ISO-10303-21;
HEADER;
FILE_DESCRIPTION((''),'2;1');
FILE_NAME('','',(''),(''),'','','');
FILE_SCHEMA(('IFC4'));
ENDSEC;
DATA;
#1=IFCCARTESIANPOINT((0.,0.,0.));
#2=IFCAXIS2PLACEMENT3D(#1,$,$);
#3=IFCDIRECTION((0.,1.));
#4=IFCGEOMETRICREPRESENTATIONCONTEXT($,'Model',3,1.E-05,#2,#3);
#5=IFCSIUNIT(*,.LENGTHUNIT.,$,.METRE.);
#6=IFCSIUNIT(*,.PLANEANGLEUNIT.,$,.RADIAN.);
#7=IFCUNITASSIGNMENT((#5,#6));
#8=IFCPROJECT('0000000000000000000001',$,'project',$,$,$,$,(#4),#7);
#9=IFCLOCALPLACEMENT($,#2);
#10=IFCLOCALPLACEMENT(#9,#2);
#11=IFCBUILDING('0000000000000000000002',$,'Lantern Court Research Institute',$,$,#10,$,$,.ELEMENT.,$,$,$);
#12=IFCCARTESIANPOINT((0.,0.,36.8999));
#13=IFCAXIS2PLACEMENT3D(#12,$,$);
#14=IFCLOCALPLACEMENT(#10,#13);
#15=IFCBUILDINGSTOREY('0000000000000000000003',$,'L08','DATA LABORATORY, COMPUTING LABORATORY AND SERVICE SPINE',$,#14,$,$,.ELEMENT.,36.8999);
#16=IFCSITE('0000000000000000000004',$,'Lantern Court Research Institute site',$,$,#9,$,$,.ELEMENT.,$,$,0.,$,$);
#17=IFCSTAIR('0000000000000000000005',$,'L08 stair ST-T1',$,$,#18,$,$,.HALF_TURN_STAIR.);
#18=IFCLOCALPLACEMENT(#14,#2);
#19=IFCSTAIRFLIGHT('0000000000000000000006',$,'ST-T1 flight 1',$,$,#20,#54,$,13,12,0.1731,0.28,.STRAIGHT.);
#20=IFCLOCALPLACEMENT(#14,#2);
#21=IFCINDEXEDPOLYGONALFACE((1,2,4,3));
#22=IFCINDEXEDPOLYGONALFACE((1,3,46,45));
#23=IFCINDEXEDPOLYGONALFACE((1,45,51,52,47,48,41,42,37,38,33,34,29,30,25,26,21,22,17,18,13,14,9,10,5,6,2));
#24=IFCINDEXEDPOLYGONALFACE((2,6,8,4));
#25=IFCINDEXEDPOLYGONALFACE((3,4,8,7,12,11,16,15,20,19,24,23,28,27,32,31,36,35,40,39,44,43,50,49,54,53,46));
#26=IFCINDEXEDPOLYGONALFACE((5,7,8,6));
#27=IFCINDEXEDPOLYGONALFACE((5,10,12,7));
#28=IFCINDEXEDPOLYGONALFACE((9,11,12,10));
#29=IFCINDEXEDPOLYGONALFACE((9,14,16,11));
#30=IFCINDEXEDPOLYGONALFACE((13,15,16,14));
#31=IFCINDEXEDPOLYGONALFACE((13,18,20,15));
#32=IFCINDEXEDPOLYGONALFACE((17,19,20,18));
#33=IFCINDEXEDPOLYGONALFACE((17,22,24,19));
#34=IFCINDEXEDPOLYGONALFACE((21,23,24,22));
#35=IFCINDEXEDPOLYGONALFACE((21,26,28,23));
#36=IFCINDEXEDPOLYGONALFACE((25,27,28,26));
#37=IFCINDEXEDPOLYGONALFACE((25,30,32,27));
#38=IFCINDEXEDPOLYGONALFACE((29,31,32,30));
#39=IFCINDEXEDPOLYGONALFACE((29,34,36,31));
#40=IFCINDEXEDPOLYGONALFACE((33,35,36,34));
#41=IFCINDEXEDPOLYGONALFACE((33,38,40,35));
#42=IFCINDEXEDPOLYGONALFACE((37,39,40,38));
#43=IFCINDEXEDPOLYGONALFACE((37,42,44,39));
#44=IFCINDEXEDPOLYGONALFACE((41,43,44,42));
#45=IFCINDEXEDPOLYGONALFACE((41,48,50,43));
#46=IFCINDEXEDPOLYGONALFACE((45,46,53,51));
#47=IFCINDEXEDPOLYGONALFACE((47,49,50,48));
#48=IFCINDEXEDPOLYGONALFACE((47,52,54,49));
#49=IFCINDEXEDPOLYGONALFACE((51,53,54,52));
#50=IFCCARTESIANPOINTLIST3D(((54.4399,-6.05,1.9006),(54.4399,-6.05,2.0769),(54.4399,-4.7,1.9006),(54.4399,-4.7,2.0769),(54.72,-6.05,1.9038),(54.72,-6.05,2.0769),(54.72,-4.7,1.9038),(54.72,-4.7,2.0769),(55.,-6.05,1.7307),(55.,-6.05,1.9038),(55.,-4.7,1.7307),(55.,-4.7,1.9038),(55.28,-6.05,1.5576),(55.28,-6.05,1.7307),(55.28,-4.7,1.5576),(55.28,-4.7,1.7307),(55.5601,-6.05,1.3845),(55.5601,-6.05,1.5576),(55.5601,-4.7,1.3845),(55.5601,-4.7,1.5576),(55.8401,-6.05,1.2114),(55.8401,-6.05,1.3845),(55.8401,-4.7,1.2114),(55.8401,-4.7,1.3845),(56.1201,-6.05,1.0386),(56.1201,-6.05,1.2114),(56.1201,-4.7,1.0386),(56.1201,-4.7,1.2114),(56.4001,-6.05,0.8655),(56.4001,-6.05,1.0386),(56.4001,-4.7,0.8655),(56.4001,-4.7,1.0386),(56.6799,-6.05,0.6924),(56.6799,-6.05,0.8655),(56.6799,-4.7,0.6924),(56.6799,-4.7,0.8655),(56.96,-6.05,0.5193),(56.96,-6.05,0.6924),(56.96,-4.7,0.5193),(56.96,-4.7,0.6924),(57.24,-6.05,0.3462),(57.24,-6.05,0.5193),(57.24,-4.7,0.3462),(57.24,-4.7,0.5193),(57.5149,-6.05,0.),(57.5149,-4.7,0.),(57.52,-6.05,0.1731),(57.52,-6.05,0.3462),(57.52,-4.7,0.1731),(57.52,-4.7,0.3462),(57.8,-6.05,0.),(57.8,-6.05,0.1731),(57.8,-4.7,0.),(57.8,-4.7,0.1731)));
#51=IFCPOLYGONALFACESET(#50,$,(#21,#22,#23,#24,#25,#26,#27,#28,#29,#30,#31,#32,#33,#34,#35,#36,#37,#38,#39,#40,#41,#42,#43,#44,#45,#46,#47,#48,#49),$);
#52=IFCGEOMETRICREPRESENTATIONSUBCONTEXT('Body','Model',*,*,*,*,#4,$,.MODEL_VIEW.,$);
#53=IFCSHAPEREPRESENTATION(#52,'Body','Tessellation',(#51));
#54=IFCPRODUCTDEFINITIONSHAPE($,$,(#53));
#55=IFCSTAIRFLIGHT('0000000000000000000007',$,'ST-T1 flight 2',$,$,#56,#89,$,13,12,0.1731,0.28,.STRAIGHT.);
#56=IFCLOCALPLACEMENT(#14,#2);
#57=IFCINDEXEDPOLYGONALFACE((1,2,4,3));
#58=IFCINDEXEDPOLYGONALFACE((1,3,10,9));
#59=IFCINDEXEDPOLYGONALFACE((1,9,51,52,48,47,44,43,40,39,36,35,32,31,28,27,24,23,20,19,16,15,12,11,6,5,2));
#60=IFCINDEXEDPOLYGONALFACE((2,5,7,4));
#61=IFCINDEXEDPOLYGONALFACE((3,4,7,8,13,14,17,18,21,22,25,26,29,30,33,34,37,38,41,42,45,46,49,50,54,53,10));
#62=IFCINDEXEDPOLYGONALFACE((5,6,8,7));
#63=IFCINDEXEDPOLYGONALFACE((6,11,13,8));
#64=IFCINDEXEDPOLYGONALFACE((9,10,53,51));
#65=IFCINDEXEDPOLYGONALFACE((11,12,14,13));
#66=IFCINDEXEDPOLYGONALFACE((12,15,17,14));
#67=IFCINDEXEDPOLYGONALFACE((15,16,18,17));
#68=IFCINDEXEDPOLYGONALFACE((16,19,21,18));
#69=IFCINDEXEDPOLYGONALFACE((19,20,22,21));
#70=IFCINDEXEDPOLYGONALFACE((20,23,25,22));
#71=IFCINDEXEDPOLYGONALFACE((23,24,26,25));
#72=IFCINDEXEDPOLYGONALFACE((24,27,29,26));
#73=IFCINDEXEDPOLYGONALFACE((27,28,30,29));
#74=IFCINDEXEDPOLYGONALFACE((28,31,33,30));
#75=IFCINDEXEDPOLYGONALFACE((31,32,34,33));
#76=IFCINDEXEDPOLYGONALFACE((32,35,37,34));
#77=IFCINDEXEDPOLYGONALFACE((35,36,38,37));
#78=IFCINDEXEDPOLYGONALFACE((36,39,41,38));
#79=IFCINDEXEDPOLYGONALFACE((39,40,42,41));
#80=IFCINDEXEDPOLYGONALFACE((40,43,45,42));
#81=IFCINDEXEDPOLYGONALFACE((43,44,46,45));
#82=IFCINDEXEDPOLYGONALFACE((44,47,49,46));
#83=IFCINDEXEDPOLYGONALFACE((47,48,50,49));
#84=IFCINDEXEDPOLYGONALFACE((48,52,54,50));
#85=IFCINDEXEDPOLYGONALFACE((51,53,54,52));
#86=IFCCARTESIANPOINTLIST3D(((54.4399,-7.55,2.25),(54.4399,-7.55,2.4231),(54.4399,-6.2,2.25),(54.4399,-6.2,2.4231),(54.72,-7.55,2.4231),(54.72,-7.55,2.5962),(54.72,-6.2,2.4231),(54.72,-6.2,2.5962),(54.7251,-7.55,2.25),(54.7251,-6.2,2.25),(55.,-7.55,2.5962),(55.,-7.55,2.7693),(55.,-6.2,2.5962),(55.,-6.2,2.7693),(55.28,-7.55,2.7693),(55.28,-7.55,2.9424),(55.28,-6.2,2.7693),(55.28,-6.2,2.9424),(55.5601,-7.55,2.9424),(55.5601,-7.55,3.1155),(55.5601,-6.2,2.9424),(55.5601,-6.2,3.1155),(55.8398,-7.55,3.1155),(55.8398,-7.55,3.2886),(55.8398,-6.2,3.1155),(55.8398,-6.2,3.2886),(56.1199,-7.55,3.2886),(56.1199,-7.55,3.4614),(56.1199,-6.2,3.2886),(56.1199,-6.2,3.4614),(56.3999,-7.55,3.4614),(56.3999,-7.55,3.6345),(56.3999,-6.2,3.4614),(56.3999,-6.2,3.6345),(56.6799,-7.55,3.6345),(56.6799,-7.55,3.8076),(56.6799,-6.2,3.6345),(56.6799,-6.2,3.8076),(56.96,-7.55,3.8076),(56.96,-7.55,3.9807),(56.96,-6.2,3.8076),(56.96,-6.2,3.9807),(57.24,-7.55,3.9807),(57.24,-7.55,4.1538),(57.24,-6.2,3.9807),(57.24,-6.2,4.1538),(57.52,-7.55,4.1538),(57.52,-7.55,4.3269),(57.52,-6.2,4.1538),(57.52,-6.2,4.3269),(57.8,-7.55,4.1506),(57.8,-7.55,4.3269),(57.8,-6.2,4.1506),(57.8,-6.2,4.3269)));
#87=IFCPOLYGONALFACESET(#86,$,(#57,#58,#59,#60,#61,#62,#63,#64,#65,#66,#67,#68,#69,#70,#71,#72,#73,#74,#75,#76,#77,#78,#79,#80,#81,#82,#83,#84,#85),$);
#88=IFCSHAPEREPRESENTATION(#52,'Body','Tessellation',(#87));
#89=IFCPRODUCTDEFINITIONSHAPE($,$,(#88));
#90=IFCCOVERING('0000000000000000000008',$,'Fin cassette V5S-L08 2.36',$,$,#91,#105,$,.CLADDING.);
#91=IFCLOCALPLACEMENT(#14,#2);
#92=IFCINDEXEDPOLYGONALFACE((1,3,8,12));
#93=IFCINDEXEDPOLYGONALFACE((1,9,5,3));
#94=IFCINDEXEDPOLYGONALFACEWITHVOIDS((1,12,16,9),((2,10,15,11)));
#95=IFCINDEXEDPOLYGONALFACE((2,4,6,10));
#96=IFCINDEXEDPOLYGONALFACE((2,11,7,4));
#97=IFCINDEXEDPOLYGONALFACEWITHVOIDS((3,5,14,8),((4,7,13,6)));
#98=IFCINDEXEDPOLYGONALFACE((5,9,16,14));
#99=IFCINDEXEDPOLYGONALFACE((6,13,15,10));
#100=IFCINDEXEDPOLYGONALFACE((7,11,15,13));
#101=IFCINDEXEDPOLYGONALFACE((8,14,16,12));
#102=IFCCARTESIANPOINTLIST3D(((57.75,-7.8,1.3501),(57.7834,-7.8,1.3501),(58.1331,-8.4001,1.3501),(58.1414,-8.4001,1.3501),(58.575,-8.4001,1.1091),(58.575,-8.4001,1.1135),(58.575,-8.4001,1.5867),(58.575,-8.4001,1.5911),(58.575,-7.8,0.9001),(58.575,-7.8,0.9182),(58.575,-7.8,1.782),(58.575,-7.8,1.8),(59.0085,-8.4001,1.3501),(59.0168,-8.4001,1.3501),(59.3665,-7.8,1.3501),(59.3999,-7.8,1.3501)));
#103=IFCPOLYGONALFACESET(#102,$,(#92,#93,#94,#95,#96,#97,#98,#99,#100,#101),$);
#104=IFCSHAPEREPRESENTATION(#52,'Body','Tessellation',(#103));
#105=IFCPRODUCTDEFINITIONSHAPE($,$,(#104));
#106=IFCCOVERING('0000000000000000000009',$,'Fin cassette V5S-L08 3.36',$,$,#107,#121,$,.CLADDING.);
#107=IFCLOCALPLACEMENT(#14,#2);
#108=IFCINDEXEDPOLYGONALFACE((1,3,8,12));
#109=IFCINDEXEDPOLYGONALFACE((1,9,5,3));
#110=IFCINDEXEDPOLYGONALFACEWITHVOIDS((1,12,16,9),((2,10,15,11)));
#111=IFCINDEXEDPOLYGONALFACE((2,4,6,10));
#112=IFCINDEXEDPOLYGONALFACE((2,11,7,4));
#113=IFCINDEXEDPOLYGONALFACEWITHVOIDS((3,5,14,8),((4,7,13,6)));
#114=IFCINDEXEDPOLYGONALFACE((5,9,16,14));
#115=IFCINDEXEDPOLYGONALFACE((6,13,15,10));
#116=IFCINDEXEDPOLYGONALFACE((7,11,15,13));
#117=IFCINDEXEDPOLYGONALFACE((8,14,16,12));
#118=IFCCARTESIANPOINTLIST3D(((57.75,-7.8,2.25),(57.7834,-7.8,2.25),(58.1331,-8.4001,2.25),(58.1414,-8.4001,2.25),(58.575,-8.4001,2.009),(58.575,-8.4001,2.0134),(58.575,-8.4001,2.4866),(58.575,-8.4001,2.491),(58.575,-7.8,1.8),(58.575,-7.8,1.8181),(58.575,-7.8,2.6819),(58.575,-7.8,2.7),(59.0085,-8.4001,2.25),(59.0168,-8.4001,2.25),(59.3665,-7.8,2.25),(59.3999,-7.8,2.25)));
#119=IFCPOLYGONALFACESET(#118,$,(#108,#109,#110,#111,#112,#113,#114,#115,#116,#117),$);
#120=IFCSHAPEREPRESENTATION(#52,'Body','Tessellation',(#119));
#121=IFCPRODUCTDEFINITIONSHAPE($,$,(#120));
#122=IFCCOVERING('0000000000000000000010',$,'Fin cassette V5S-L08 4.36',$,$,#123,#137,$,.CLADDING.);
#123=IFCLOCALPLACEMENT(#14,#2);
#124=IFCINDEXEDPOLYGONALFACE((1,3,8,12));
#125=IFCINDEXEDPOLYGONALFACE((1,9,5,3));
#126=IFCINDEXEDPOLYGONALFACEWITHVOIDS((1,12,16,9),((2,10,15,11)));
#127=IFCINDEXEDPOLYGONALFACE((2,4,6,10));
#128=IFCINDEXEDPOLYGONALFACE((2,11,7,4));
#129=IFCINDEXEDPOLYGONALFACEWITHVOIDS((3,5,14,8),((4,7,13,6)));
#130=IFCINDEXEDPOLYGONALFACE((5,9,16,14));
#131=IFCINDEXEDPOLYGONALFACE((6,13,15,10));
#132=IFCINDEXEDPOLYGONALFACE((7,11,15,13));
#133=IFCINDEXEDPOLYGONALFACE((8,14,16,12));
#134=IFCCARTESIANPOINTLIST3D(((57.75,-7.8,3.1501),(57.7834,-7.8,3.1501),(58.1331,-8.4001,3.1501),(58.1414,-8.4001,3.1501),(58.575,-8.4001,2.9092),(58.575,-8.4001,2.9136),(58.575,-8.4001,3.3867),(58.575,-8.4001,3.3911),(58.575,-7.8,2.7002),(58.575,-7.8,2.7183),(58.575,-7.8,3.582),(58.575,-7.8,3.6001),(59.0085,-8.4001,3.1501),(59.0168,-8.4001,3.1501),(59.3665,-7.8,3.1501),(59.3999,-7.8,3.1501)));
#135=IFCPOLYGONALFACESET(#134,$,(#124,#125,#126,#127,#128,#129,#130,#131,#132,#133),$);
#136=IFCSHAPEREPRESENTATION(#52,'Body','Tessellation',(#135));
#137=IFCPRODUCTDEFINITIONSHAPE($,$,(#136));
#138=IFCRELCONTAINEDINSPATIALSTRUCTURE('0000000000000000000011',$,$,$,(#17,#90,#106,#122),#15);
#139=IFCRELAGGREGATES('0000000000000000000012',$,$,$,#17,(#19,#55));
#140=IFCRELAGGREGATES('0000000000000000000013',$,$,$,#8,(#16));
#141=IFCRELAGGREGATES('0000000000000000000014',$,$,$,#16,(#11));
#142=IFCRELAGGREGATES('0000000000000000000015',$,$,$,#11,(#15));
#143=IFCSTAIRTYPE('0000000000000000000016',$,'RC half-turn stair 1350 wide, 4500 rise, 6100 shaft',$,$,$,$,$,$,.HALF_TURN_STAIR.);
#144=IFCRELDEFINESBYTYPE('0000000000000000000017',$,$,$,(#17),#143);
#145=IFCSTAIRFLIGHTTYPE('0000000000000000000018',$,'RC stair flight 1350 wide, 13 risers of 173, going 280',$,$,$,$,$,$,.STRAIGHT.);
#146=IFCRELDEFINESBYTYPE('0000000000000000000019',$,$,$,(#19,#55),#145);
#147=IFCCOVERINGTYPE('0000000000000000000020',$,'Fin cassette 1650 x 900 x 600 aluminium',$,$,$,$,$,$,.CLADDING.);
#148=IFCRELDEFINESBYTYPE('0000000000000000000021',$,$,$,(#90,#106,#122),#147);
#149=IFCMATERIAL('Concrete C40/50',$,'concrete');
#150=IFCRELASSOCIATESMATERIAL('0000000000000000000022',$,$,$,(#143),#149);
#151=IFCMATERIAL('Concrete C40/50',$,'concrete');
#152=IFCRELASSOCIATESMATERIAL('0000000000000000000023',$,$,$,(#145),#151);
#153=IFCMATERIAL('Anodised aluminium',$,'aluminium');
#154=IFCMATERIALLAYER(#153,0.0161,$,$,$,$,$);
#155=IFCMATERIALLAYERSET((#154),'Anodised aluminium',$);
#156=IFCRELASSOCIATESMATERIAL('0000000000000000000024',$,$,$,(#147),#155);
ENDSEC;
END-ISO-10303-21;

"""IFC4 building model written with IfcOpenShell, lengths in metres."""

from ifc_helpers import new_model, entity, si_unit, direction, frame, origin, place, context, subcontext, project, spatial, polyline, outline, extrude, material, layer, layer_set, type_object, element, aggregate, save


model = new_model("IFC4")

# Units and contexts
model_context = context("Model", 3, precision=1e-05, world=origin(), true_north=direction((0.0, 1.0)))
body_context = subcontext(model_context, "Body", "Model", "MODEL_VIEW")
ifc_project = project(units=[si_unit("LENGTHUNIT", "METRE"), si_unit("PLANEANGLEUNIT", "RADIAN")], contexts=[model_context])

# Site, building, storey
site_placement = place(None, origin())
site = spatial("IfcSite", under=ifc_project, at=site_placement, Name="Lantern Court Research Institute site", CompositionType="ELEMENT", RefElevation=0.0)
building_placement = place(site_placement, origin())
building = spatial("IfcBuilding", under=site, at=building_placement, Name="Lantern Court Research Institute", CompositionType="ELEMENT")
storey_placement = place(building_placement, frame((0.0, 0.0, 36.8999)))
storey = spatial("IfcBuildingStorey", under=building, at=storey_placement, Name="L08", Description="DATA LABORATORY, COMPUTING LABORATORY AND SERVICE SPINE", CompositionType="ELEMENT", Elevation=36.8999)

# Stair, stair flights
ifc_material_1 = material(Name="Concrete C40/50", Category="concrete")
stair_type = type_object("IfcStairType", Name="RC half-turn stair 1350 wide, 4500 rise, 6100 shaft", PredefinedType="HALF_TURN_STAIR", material=ifc_material_1)
stair_placement = place(storey_placement, origin())
stair = element("IfcStair", 1, at=stair_placement, inside=storey, type_object=stair_type, Name="L08 stair ST-T1", PredefinedType="HALF_TURN_STAIR")
ifc_material_2 = material(Name="Concrete C40/50", Category="concrete")
stair_flight_type = type_object("IfcStairFlightType", Name="RC stair flight 1350 wide, 13 risers of 173, going 280", PredefinedType="STRAIGHT", material=ifc_material_2)
stair_flight_1_placement = place(storey_placement, frame((57.8, -5.375, 0.0), z_axis=(0.0, 0.0, 1.0), x_axis=(-1.0, 0.0, 0.0)))
stair_flight_1 = element("IfcStairFlight", 2, at=stair_flight_1_placement, type_object=stair_flight_type, Name="ST-T1 flight 1", NumberOfRisers=13, NumberOfTreads=12, PredefinedType="STRAIGHT", RiserHeight=0.1731, TreadLength=0.28, context=body_context, shape_type="SweptSolid", body=[
    extrude(outline(polyline([(0.0, 0.0), (0.0, 0.1731), (0.28, 0.1731), (0.28, 0.3462), (0.5601, 0.3462), (0.5601, 0.5193), (0.8401, 0.5193), (0.8401, 0.6924), (1.1201, 0.6924), (1.1201, 0.8655), (1.3999, 0.8655), (1.3999, 1.0386), (1.6799, 1.0386), (1.6799, 1.2114), (1.96, 1.2114), (1.96, 1.3845), (2.24, 1.3845), (2.24, 1.5576), (2.52, 1.5576), (2.52, 1.7307), (2.8, 1.7307), (2.8, 1.9038), (3.0801, 1.9038), (3.0801, 2.0769), (3.3601, 2.0769), (3.3601, 2.25), (3.3601, 1.9006), (0.2852, 0.0), (0.0, 0.0)])), frame((0.0, 0.675, 0.0), z_axis=(0.0, -1.0, 0.0), x_axis=(1.0, 0.0, 0.0)), (0.0, 0.0, 1.0), 1.3501),
])
stair_flight_2_placement = place(storey_placement, frame((54.4399, -6.875, 2.25), z_axis=(0.0, 0.0, 1.0), x_axis=(1.0, 0.0, 0.0)))
stair_flight_2 = element("IfcStairFlight", 3, at=stair_flight_2_placement, type_object=stair_flight_type, Name="ST-T1 flight 2", NumberOfRisers=13, NumberOfTreads=12, PredefinedType="STRAIGHT", RiserHeight=0.1731, TreadLength=0.28, context=body_context, shape_type="SweptSolid", body=[
    extrude(outline(polyline([(0.0, 0.0), (0.0, 0.1731), (0.28, 0.1731), (0.28, 0.3462), (0.5601, 0.3462), (0.5601, 0.5193), (0.8401, 0.5193), (0.8401, 0.6924), (1.1201, 0.6924), (1.1201, 0.8655), (1.3999, 0.8655), (1.3999, 1.0386), (1.6799, 1.0386), (1.6799, 1.2114), (1.96, 1.2114), (1.96, 1.3845), (2.24, 1.3845), (2.24, 1.5576), (2.52, 1.5576), (2.52, 1.7307), (2.8, 1.7307), (2.8, 1.9038), (3.0801, 1.9038), (3.0801, 2.0769), (3.3601, 2.0769), (3.3601, 2.25), (3.3601, 1.9006), (0.2852, 0.0), (0.0, 0.0)])), frame((0.0, 0.675, 0.0), z_axis=(0.0, -1.0, 0.0), x_axis=(1.0, 0.0, 0.0)), (0.0, 0.0, 1.0), 1.3501),
])
aggregate(stair, [stair_flight_1, stair_flight_2])

# Coverings
ifc_material_3 = material(Name="Anodised aluminium", Category="aluminium")
ifc_layer_1 = layer(ifc_material_3, 0.0161)
ifc_layer_set_1 = layer_set([ifc_layer_1], Name="Anodised aluminium")
covering_type = type_object("IfcCoveringType", Name="Fin cassette 1650 x 900 x 600 aluminium", PredefinedType="CLADDING", material=ifc_layer_set_1)
covering_1_placement = place(storey_placement, frame((58.575, -7.8, 1.3501), z_axis=(0.0, -1.0, 0.0), x_axis=(1.0, 0.0, 0.0)))
cartesian_point_1 = entity("IfcCartesianPoint", [0.825, 0.0])
cartesian_point_2 = entity("IfcCartesianPoint", [0.7915, 0.0])
cartesian_point_3 = entity("IfcCartesianPoint", [0.4419, 0.0])
cartesian_point_4 = entity("IfcCartesianPoint", [0.4336, 0.0])
element("IfcCovering", 4, at=covering_1_placement, inside=storey, type_object=covering_type, Name="Fin cassette V5S-L08 2.36", PredefinedType="CLADDING", context=body_context, shape_type="SweptSolid", body=[
    entity("IfcExtrudedAreaSolidTapered", entity("IfcArbitraryProfileDefWithVoids", "AREA", None, entity("IfcPolyline", [cartesian_point_1, entity("IfcCartesianPoint", [0.0, 0.45]), entity("IfcCartesianPoint", [-0.825, 0.0]), entity("IfcCartesianPoint", [0.0, -0.45]), cartesian_point_1]), [entity("IfcPolyline", [cartesian_point_2, entity("IfcCartesianPoint", [0.0, 0.4319]), entity("IfcCartesianPoint", [-0.7915, 0.0]), entity("IfcCartesianPoint", [0.0, -0.4319]), cartesian_point_2])]), entity("IfcAxis2Placement3D", entity("IfcCartesianPoint", [0.0, 0.0, 0.0])), entity("IfcDirection", [0.0, 0.0, 1.0]), 0.6001, entity("IfcArbitraryProfileDefWithVoids", "AREA", None, entity("IfcPolyline", [cartesian_point_3, entity("IfcCartesianPoint", [0.0, 0.241]), entity("IfcCartesianPoint", [-0.4419, 0.0]), entity("IfcCartesianPoint", [0.0, -0.241]), cartesian_point_3]), [entity("IfcPolyline", [cartesian_point_4, entity("IfcCartesianPoint", [0.0, 0.2366]), entity("IfcCartesianPoint", [-0.4336, 0.0]), entity("IfcCartesianPoint", [0.0, -0.2366]), cartesian_point_4])])),
])
covering_2_placement = place(storey_placement, frame((58.575, -7.8, 2.25), z_axis=(0.0, -1.0, 0.0), x_axis=(1.0, 0.0, 0.0)))
cartesian_point_5 = entity("IfcCartesianPoint", [0.825, 0.0])
cartesian_point_6 = entity("IfcCartesianPoint", [0.7915, 0.0])
cartesian_point_7 = entity("IfcCartesianPoint", [0.4419, 0.0])
cartesian_point_8 = entity("IfcCartesianPoint", [0.4336, 0.0])
element("IfcCovering", 5, at=covering_2_placement, inside=storey, type_object=covering_type, Name="Fin cassette V5S-L08 3.36", PredefinedType="CLADDING", context=body_context, shape_type="SweptSolid", body=[
    entity("IfcExtrudedAreaSolidTapered", entity("IfcArbitraryProfileDefWithVoids", "AREA", None, entity("IfcPolyline", [cartesian_point_5, entity("IfcCartesianPoint", [0.0, 0.45]), entity("IfcCartesianPoint", [-0.825, 0.0]), entity("IfcCartesianPoint", [0.0, -0.45]), cartesian_point_5]), [entity("IfcPolyline", [cartesian_point_6, entity("IfcCartesianPoint", [0.0, 0.4319]), entity("IfcCartesianPoint", [-0.7915, 0.0]), entity("IfcCartesianPoint", [0.0, -0.4319]), cartesian_point_6])]), entity("IfcAxis2Placement3D", entity("IfcCartesianPoint", [0.0, 0.0, 0.0])), entity("IfcDirection", [0.0, 0.0, 1.0]), 0.6001, entity("IfcArbitraryProfileDefWithVoids", "AREA", None, entity("IfcPolyline", [cartesian_point_7, entity("IfcCartesianPoint", [0.0, 0.241]), entity("IfcCartesianPoint", [-0.4419, 0.0]), entity("IfcCartesianPoint", [0.0, -0.241]), cartesian_point_7]), [entity("IfcPolyline", [cartesian_point_8, entity("IfcCartesianPoint", [0.0, 0.2366]), entity("IfcCartesianPoint", [-0.4336, 0.0]), entity("IfcCartesianPoint", [0.0, -0.2366]), cartesian_point_8])])),
])
covering_3_placement = place(storey_placement, frame((58.575, -7.8, 3.1501), z_axis=(0.0, -1.0, 0.0), x_axis=(1.0, 0.0, 0.0)))
cartesian_point_9 = entity("IfcCartesianPoint", [0.825, 0.0])
cartesian_point_10 = entity("IfcCartesianPoint", [0.7915, 0.0])
cartesian_point_11 = entity("IfcCartesianPoint", [0.4419, 0.0])
cartesian_point_12 = entity("IfcCartesianPoint", [0.4336, 0.0])
element("IfcCovering", 6, at=covering_3_placement, inside=storey, type_object=covering_type, Name="Fin cassette V5S-L08 4.36", PredefinedType="CLADDING", context=body_context, shape_type="SweptSolid", body=[
    entity("IfcExtrudedAreaSolidTapered", entity("IfcArbitraryProfileDefWithVoids", "AREA", None, entity("IfcPolyline", [cartesian_point_9, entity("IfcCartesianPoint", [0.0, 0.45]), entity("IfcCartesianPoint", [-0.825, 0.0]), entity("IfcCartesianPoint", [0.0, -0.45]), cartesian_point_9]), [entity("IfcPolyline", [cartesian_point_10, entity("IfcCartesianPoint", [0.0, 0.4319]), entity("IfcCartesianPoint", [-0.7915, 0.0]), entity("IfcCartesianPoint", [0.0, -0.4319]), cartesian_point_10])]), entity("IfcAxis2Placement3D", entity("IfcCartesianPoint", [0.0, 0.0, 0.0])), entity("IfcDirection", [0.0, 0.0, 1.0]), 0.6001, entity("IfcArbitraryProfileDefWithVoids", "AREA", None, entity("IfcPolyline", [cartesian_point_11, entity("IfcCartesianPoint", [0.0, 0.241]), entity("IfcCartesianPoint", [-0.4419, 0.0]), entity("IfcCartesianPoint", [0.0, -0.241]), cartesian_point_11]), [entity("IfcPolyline", [cartesian_point_12, entity("IfcCartesianPoint", [0.0, 0.2366]), entity("IfcCartesianPoint", [-0.4336, 0.0]), entity("IfcCartesianPoint", [0.0, -0.2366]), cartesian_point_12])])),
])

save(model, "model.ifc")
